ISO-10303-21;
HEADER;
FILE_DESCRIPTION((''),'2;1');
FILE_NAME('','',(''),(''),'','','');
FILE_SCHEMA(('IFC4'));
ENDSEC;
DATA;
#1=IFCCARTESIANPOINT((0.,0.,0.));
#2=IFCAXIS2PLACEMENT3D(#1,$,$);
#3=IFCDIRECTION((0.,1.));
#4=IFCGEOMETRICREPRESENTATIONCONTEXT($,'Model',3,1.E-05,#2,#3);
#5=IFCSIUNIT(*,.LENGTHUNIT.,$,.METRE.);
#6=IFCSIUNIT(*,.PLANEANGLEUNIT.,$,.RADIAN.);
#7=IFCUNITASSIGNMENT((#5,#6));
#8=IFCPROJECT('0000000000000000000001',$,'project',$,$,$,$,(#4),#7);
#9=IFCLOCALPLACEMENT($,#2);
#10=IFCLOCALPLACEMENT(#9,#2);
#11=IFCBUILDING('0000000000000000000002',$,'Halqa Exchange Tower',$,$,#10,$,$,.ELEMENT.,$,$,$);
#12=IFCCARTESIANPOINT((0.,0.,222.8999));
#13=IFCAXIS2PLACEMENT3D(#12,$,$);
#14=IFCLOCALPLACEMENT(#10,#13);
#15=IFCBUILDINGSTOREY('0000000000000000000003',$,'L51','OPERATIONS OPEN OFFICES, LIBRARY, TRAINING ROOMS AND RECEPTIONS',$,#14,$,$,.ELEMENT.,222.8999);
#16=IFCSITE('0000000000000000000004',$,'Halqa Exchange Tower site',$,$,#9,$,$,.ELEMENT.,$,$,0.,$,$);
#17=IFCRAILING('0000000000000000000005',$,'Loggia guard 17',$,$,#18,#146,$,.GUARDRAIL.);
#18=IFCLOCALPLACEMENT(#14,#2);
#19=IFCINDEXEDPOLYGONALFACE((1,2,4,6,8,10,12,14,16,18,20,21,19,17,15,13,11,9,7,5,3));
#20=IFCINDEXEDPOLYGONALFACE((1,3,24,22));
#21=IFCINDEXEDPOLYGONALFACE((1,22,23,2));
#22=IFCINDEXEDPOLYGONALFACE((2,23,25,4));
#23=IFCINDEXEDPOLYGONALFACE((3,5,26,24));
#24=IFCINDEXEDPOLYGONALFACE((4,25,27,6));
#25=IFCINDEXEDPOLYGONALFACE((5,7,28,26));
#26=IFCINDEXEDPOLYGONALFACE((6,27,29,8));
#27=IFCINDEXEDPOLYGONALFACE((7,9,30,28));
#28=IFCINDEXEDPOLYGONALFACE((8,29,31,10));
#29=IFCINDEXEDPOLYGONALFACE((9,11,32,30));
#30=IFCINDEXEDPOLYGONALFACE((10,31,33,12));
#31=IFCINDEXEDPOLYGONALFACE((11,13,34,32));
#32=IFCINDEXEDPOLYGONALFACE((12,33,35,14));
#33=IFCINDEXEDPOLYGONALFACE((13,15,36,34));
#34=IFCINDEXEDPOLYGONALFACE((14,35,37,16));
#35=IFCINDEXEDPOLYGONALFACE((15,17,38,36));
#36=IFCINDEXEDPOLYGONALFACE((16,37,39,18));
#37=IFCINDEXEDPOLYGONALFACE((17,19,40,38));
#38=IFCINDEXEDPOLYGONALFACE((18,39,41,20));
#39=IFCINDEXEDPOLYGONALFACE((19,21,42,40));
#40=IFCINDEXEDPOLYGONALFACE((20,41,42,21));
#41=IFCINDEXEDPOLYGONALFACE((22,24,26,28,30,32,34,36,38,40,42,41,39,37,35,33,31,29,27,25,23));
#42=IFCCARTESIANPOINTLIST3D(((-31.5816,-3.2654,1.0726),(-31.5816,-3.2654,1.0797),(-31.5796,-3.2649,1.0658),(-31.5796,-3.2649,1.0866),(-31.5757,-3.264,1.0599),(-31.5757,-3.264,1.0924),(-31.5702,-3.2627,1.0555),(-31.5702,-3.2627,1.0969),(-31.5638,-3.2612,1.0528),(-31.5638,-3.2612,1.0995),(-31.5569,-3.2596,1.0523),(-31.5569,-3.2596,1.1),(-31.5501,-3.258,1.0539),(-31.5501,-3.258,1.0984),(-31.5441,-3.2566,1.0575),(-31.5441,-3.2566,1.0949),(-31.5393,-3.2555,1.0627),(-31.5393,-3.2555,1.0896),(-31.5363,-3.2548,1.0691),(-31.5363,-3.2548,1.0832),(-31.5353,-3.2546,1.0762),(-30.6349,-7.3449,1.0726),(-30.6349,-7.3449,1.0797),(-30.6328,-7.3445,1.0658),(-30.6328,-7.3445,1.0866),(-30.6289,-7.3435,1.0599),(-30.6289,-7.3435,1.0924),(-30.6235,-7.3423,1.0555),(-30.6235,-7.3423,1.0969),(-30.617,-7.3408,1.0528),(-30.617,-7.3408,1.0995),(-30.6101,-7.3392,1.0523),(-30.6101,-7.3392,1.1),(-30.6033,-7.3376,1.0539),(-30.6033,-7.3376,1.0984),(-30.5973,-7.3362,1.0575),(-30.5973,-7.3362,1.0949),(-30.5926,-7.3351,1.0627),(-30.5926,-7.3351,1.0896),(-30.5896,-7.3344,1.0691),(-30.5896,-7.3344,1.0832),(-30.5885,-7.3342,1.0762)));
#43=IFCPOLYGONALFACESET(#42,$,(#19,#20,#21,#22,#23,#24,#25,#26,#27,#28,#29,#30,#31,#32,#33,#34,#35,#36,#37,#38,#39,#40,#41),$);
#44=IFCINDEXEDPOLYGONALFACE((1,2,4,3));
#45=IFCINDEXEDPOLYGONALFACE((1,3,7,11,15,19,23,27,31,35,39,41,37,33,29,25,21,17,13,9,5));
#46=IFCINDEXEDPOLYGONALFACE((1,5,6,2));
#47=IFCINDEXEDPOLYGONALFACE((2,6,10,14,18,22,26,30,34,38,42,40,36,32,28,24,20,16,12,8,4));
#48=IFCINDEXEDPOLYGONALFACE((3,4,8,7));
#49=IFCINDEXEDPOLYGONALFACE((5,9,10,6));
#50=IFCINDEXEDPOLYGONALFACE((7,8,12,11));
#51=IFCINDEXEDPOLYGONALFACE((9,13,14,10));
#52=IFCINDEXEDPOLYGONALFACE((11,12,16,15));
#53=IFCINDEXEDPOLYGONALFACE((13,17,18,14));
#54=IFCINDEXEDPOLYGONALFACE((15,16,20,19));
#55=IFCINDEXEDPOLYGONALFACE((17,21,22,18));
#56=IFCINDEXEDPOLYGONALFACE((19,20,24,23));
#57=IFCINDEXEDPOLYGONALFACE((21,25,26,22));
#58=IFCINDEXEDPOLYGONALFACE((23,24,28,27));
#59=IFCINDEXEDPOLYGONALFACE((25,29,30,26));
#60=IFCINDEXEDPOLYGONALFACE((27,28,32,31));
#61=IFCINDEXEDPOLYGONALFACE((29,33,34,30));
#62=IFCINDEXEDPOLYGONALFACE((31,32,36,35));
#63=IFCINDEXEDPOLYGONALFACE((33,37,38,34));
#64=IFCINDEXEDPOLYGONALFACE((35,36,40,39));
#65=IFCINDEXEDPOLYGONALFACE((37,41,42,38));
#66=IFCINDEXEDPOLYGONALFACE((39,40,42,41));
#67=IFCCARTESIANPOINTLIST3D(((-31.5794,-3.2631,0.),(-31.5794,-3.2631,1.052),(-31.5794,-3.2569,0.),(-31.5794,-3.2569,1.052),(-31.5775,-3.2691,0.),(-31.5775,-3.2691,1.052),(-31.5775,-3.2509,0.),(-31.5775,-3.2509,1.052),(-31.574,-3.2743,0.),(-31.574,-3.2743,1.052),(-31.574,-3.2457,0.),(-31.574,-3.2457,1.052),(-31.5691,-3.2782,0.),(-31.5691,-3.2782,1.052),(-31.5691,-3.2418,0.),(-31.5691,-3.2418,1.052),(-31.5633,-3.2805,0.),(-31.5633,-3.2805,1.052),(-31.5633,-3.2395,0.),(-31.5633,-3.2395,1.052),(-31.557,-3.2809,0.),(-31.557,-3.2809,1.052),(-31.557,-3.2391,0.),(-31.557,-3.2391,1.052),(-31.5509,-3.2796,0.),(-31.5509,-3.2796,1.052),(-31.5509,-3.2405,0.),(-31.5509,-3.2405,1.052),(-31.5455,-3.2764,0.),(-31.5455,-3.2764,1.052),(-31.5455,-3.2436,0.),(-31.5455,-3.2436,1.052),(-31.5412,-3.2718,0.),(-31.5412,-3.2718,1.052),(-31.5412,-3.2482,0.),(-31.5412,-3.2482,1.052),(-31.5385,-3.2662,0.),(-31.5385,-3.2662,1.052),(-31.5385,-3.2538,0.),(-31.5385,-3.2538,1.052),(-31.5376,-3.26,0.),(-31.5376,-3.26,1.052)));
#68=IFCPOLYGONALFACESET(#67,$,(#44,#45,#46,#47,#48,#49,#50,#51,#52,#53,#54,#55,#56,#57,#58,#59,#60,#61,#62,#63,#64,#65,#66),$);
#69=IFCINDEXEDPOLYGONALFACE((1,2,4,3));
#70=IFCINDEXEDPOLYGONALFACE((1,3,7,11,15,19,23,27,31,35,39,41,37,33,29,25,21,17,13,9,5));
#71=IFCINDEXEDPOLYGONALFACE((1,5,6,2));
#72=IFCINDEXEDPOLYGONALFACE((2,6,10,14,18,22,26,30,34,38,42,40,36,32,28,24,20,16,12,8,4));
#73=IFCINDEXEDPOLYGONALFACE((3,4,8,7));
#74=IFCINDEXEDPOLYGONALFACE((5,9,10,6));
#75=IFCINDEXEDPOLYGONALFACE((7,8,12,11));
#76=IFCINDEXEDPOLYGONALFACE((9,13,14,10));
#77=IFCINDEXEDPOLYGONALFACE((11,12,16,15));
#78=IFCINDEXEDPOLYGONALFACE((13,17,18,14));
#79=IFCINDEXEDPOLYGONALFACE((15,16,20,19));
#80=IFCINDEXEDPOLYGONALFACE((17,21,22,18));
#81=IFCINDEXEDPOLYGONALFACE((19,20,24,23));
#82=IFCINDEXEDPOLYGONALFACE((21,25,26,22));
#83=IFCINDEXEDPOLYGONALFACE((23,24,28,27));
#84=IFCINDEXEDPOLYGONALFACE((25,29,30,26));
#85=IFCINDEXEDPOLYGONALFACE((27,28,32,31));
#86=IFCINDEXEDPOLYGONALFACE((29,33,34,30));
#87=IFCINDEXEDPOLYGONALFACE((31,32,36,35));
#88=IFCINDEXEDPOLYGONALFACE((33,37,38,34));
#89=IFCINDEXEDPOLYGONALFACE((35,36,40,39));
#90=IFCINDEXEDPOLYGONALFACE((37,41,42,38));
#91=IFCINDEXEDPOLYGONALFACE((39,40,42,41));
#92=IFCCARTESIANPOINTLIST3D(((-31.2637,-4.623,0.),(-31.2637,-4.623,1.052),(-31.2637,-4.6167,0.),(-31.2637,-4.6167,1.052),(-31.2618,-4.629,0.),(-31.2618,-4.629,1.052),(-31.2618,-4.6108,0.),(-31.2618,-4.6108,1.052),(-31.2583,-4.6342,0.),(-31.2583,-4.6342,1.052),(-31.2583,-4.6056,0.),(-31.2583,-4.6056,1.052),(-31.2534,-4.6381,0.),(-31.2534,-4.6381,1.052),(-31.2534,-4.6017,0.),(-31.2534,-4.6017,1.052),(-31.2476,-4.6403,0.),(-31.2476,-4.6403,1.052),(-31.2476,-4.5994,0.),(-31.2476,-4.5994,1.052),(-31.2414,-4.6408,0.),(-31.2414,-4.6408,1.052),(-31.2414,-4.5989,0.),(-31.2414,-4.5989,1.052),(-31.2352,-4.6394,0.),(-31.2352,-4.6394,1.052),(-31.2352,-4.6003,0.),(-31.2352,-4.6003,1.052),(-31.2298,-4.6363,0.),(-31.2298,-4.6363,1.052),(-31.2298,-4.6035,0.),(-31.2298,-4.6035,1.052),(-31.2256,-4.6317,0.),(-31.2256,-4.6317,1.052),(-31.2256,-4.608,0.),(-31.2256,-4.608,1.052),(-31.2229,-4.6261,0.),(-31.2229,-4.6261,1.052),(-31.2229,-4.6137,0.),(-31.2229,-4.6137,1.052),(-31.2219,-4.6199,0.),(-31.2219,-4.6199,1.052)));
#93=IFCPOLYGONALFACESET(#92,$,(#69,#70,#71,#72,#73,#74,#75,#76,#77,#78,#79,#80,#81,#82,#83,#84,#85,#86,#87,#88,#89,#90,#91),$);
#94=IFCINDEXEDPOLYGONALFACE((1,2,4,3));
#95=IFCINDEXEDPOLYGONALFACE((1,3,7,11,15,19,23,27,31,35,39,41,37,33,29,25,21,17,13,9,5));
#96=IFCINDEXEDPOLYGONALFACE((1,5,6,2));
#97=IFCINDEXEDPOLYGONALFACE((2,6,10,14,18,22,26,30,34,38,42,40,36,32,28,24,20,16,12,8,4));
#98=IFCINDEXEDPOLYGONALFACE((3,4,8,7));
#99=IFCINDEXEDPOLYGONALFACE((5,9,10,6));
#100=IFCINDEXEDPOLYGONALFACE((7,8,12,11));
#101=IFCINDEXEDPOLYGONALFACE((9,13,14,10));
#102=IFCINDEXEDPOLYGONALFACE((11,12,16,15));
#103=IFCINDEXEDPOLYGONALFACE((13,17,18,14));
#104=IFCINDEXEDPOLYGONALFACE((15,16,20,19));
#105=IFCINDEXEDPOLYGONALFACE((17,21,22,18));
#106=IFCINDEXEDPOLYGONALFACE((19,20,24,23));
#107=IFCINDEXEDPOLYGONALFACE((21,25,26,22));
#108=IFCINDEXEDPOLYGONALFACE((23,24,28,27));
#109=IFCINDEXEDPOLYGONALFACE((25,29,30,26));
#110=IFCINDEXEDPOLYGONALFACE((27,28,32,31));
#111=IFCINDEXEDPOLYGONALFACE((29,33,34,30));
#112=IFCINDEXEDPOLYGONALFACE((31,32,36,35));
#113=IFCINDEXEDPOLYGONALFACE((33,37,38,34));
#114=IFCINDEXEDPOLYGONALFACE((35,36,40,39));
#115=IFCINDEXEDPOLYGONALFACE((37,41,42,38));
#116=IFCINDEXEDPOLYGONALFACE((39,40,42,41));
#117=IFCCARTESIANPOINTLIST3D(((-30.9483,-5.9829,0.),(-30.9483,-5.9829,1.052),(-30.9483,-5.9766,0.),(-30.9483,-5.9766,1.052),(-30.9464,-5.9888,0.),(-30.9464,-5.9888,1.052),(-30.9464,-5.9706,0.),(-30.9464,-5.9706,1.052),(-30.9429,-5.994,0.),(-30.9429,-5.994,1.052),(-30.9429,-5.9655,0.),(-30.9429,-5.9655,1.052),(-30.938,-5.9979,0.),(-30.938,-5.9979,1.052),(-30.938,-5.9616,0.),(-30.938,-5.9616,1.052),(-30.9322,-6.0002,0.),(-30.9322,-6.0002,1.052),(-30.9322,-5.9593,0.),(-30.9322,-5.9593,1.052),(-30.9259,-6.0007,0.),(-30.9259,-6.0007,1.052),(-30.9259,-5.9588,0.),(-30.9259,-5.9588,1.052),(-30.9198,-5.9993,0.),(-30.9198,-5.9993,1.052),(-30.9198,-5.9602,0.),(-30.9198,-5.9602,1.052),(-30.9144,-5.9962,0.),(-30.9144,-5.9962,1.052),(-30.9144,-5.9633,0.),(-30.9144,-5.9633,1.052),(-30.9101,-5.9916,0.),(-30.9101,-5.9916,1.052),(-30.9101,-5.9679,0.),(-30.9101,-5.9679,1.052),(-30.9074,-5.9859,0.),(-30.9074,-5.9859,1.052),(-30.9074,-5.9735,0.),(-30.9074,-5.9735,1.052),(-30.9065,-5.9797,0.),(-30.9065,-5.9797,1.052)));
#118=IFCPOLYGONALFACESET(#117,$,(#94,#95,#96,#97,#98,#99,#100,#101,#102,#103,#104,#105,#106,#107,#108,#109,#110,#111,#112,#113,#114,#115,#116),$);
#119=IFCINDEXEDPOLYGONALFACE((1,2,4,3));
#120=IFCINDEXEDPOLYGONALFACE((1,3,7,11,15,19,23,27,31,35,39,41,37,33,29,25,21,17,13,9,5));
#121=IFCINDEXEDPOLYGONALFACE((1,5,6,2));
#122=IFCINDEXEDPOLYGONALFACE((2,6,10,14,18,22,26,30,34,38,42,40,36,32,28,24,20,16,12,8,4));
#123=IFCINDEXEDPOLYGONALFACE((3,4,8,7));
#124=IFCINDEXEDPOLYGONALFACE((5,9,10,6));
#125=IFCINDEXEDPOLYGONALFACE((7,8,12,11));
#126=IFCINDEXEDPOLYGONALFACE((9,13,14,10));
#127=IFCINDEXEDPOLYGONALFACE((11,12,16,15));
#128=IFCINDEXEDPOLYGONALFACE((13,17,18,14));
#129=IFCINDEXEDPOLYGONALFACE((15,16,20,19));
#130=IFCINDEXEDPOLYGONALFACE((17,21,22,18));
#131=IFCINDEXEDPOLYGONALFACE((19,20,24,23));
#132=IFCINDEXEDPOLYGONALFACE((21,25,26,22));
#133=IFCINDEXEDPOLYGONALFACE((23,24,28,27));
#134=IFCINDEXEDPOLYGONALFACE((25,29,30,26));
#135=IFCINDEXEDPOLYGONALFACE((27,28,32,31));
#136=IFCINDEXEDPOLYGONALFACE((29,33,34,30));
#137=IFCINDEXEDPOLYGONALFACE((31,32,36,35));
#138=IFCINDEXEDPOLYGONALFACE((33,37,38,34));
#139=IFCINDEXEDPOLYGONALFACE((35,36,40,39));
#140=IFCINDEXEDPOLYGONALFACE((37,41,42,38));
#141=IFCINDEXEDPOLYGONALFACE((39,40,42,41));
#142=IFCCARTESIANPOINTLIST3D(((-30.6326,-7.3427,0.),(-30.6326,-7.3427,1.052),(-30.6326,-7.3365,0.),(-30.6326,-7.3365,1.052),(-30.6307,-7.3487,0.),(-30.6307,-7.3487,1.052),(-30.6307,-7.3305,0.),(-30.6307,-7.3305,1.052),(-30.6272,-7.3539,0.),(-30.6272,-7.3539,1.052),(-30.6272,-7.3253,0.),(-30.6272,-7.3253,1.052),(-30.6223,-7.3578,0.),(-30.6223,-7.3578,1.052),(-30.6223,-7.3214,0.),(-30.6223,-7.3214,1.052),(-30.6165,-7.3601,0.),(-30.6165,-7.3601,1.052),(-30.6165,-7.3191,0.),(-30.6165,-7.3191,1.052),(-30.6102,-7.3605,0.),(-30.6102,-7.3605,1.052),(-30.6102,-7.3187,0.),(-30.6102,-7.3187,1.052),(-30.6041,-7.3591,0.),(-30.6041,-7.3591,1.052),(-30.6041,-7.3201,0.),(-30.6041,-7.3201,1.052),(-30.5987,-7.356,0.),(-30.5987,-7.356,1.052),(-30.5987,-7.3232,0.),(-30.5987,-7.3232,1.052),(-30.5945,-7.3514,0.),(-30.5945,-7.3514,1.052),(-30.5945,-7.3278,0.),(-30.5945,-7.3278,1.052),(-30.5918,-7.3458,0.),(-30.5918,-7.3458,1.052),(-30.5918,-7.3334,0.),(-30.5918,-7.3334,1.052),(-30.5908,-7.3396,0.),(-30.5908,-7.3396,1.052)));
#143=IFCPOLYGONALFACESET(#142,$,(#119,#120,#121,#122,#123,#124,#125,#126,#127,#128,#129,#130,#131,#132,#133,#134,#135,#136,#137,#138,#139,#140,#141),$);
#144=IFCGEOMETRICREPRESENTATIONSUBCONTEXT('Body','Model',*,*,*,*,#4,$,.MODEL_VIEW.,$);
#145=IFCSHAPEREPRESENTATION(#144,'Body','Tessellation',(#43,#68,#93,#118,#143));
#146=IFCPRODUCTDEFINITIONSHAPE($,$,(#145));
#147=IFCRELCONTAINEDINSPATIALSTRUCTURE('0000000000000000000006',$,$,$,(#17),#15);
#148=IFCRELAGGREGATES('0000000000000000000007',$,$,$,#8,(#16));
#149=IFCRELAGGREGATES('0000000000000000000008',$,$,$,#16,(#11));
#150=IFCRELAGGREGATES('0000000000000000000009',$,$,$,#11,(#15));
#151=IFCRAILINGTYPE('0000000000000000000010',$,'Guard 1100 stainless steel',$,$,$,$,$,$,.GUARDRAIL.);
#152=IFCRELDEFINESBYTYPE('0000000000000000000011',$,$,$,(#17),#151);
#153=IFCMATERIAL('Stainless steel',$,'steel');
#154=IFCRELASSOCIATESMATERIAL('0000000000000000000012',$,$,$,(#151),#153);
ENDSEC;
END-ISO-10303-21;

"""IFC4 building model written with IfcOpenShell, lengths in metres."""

from ifc_helpers import new_model, si_unit, direction, frame, origin, origin_2d, place, context, subcontext, project, spatial, circle, extrude, material, type_object, element, save


model = new_model("IFC4")

# Units and contexts
model_context = context("Model", 3, precision=1e-05, world=origin(), true_north=direction((0.0, 1.0)))
body_context = subcontext(model_context, "Body", "Model", "MODEL_VIEW")
ifc_project = project(units=[si_unit("LENGTHUNIT", "METRE"), si_unit("PLANEANGLEUNIT", "RADIAN")], contexts=[model_context])

# Site, building, storey
site_placement = place(None, origin())
site = spatial("IfcSite", under=ifc_project, at=site_placement, Name="Halqa Exchange Tower site", CompositionType="ELEMENT", RefElevation=0.0)
building_placement = place(site_placement, origin())
building = spatial("IfcBuilding", under=site, at=building_placement, Name="Halqa Exchange Tower", CompositionType="ELEMENT")
storey_placement = place(building_placement, frame((0.0, 0.0, 222.8999)))
storey = spatial("IfcBuildingStorey", under=building, at=storey_placement, Name="L51", Description="OPERATIONS OPEN OFFICES, LIBRARY, TRAINING ROOMS AND RECEPTIONS", CompositionType="ELEMENT", Elevation=222.8999)

# Railing
ifc_material_1 = material(Name="Stainless steel", Category="steel")
railing_type = type_object("IfcRailingType", Name="Guard 1100 stainless steel", PredefinedType="GUARDRAIL", material=ifc_material_1)
railing_1_placement = place(storey_placement, frame((-31.5586, -3.26, 0.0)))
element("IfcRailing", 1, at=railing_1_placement, inside=storey, type_object=railing_type, Name="Loggia guard 17", PredefinedType="GUARDRAIL", context=body_context, shape_type="SweptSolid", body=[
    extrude(circle(Radius=0.0239, at=origin_2d()), frame((0.0, 0.0, 1.0762), z_axis=(0.226068, -0.974111, 0.0), x_axis=(0.974111, 0.226068, 0.0)), (0.0, 0.0, 1.0), 4.188),
    extrude(circle(Radius=0.021, at=origin_2d()), origin(), (0.0, 0.0, 1.0), 1.052),
    extrude(circle(Radius=0.021, at=origin_2d()), frame((0.3157, -1.3599, 0.0)), (0.0, 0.0, 1.0), 1.052),
    extrude(circle(Radius=0.021, at=origin_2d()), frame((0.6311, -2.7197, 0.0)), (0.0, 0.0, 1.0), 1.052),
    extrude(circle(Radius=0.021, at=origin_2d()), frame((0.9468, -4.0796, 0.0)), (0.0, 0.0, 1.0), 1.052),
])

save(model, "model.ifc")
